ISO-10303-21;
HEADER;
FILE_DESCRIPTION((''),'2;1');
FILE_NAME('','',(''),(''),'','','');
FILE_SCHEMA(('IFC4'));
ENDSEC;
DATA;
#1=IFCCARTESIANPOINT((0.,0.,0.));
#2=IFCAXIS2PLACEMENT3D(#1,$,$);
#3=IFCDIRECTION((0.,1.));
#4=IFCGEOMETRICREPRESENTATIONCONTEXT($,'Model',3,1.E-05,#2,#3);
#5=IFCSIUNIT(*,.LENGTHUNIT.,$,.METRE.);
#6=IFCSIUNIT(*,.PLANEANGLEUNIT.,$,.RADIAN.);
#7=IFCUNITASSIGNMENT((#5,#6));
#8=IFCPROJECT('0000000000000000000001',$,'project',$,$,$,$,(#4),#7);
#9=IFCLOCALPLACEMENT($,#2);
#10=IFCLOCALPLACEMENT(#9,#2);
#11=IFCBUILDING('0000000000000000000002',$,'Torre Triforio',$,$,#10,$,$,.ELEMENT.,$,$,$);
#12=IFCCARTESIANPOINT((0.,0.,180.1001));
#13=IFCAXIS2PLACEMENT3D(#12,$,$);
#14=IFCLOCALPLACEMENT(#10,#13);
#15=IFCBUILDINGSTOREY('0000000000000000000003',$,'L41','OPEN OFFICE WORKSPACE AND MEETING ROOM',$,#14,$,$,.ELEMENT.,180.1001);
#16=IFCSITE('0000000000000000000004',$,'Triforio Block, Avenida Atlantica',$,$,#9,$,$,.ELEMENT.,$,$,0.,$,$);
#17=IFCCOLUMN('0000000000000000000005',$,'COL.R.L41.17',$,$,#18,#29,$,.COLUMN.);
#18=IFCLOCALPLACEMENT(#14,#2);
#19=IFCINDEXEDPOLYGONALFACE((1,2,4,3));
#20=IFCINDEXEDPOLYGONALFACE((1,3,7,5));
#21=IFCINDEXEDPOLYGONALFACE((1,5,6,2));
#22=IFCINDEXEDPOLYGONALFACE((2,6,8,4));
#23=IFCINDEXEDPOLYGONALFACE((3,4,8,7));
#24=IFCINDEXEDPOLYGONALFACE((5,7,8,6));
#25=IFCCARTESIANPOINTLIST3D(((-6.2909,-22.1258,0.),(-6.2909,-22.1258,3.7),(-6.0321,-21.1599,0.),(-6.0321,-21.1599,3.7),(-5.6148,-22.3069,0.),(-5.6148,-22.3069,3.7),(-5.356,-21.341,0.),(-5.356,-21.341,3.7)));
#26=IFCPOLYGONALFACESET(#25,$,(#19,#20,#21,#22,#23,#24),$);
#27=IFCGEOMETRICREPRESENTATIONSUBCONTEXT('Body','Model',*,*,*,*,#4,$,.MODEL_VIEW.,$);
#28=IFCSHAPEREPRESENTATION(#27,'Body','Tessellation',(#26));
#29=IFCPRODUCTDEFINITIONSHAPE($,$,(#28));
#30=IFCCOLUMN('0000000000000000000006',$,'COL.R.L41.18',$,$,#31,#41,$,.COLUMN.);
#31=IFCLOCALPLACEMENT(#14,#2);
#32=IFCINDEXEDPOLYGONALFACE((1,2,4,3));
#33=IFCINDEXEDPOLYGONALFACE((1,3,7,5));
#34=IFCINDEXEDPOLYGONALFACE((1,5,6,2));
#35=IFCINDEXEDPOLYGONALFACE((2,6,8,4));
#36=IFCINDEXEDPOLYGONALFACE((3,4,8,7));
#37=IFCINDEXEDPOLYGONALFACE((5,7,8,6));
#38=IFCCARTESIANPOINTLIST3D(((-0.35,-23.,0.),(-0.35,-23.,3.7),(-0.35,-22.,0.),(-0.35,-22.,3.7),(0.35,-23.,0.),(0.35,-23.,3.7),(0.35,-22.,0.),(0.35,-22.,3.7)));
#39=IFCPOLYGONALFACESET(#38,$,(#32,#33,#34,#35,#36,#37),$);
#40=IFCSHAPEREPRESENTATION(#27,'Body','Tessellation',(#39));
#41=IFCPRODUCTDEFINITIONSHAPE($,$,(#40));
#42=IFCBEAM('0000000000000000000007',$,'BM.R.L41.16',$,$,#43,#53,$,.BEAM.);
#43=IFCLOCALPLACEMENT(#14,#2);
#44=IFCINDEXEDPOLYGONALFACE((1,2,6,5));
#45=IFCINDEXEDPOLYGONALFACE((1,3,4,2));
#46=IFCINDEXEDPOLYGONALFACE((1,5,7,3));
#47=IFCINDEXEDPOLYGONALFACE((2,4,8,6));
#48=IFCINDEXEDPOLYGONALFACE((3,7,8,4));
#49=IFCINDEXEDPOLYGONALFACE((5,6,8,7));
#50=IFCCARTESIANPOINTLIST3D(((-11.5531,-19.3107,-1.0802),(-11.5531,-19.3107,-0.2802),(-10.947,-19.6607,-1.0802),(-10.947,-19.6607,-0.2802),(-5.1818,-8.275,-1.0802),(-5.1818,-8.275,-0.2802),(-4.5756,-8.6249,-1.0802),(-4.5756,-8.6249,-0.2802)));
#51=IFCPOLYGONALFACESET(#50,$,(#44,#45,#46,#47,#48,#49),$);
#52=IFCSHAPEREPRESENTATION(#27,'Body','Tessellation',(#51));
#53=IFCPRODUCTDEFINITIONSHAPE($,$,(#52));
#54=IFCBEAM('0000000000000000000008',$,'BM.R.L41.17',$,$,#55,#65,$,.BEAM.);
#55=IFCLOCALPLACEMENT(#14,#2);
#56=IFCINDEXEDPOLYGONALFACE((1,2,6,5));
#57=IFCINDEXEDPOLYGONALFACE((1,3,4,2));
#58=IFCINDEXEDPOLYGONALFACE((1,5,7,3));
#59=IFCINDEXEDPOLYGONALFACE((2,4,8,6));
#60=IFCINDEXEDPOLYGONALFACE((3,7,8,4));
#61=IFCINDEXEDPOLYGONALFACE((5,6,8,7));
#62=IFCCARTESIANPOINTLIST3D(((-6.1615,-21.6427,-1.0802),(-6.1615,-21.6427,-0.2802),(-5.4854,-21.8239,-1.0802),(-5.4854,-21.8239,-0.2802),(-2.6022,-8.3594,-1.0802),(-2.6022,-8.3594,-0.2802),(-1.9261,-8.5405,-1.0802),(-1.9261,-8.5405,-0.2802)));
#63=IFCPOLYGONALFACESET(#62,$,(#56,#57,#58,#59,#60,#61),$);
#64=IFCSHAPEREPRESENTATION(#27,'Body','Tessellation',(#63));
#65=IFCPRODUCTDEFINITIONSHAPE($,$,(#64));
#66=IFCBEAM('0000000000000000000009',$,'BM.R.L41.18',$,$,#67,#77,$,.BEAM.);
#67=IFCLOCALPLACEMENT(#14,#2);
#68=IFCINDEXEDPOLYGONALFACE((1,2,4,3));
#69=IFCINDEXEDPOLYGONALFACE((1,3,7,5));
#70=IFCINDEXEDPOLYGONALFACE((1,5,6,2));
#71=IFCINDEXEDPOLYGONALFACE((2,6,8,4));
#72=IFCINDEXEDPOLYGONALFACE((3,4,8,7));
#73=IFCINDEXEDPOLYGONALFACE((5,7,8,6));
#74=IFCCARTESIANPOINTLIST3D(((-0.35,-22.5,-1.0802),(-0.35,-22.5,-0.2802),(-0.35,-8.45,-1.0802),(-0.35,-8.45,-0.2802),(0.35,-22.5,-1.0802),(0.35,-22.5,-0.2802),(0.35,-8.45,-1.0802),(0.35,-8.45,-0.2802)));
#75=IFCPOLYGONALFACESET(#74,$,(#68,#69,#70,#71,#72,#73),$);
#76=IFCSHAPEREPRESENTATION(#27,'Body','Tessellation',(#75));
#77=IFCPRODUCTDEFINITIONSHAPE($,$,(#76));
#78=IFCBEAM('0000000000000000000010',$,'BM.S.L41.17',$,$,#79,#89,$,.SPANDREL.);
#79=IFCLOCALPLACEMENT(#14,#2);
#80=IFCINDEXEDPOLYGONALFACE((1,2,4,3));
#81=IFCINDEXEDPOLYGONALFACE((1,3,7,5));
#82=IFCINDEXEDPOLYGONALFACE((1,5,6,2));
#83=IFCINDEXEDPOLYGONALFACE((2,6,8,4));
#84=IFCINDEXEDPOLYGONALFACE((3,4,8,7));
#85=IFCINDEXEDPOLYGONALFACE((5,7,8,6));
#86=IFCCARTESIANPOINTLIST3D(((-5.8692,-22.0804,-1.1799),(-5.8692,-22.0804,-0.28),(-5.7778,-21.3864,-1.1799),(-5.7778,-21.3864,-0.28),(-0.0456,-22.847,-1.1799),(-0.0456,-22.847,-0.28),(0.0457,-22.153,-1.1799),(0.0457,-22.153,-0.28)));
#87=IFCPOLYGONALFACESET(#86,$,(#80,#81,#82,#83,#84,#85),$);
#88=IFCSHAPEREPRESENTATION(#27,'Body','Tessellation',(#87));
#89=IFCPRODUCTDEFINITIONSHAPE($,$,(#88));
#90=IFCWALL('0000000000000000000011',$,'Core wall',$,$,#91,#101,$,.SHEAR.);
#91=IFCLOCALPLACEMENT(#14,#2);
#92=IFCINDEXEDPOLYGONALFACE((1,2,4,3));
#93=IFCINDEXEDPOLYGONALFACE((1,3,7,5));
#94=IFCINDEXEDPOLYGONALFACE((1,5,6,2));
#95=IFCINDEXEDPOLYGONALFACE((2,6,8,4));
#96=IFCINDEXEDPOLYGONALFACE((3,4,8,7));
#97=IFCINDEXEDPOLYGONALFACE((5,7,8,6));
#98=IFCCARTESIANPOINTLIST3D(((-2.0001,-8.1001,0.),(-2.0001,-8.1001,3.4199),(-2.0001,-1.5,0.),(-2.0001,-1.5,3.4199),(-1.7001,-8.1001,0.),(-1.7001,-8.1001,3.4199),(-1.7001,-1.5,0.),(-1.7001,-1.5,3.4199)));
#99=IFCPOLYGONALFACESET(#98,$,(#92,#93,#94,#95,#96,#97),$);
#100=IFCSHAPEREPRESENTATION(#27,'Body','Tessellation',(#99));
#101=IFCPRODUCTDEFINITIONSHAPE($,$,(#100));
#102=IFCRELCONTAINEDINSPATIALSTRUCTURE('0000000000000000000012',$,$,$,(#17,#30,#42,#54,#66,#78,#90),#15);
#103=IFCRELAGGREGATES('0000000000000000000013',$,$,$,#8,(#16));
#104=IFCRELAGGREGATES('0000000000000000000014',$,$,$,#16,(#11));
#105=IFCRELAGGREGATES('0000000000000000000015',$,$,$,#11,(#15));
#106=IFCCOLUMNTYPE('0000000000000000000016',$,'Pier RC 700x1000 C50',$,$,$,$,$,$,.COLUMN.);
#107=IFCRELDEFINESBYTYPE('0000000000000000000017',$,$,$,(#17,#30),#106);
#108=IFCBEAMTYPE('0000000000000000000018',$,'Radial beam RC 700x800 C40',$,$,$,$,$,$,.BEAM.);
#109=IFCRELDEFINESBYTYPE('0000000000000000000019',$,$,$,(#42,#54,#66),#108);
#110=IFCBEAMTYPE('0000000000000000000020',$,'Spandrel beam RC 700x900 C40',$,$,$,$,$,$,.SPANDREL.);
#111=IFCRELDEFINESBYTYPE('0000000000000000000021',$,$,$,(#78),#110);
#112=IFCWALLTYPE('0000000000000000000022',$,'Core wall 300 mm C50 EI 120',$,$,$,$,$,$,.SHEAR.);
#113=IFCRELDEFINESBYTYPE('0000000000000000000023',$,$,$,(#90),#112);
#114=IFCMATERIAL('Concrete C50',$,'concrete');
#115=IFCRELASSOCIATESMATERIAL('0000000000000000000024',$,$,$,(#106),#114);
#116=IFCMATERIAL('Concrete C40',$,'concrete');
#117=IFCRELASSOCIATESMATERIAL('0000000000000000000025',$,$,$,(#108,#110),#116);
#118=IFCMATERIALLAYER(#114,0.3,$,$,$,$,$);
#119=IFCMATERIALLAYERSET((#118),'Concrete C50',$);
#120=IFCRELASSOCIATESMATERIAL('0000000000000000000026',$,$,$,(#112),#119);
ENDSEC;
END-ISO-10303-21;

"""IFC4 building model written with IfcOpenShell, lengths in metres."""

from ifc_helpers import new_model, si_unit, direction, frame, frame_2d, origin, origin_2d, place, context, subcontext, project, spatial, rectangle, extrude, material, layer, layer_set, material_profile, profile_set, type_object, element, save


model = new_model("IFC4")

# Units and contexts
model_context = context("Model", 3, precision=1e-05, world=origin(), true_north=direction((0.0, 1.0)))
body_context = subcontext(model_context, "Body", "Model", "MODEL_VIEW")
ifc_project = project(units=[si_unit("LENGTHUNIT", "METRE"), si_unit("PLANEANGLEUNIT", "RADIAN")], contexts=[model_context])

# Site, building, storey
site_placement = place(None, origin())
site = spatial("IfcSite", under=ifc_project, at=site_placement, Name="Triforio Block, Avenida Atlantica", CompositionType="ELEMENT", RefElevation=0.0)
building_placement = place(site_placement, origin())
building = spatial("IfcBuilding", under=site, at=building_placement, Name="Torre Triforio", CompositionType="ELEMENT")
storey_placement = place(building_placement, frame((0.0, 0.0, 180.1001)))
storey = spatial("IfcBuildingStorey", under=building, at=storey_placement, Name="L41", Description="OPEN OFFICE WORKSPACE AND MEETING ROOM", CompositionType="ELEMENT", Elevation=180.1001)

# Columns
ifc_material_1 = material(Name="Concrete C50", Category="concrete")
ifc_material_profile_1 = material_profile(ifc_material_1, rectangle(XDim=0.7, YDim=1.0, at=origin_2d()), Name="RC 700x1000")
ifc_profile_set_1 = profile_set([ifc_material_profile_1], Name="Concrete C50")
column_type = type_object("IfcColumnType", Name="Pier RC 700x1000 C50", PredefinedType="COLUMN", material=ifc_profile_set_1)
for number, where, z_axis, x_axis, name in (
    (1, (-5.8235, -21.7334, 0.0), (0.0, 0.0, 1.0), (0.965926, -0.258819, 0.0), "COL.R.L41.17"),
    (2, (0.0, -22.5, 0.0), (0.0, 0.0, 1.0), (1.0, 0.0, 0.0), "COL.R.L41.18"),
):
    element("IfcColumn", number, at=place(storey_placement, frame(where, z_axis=z_axis, x_axis=x_axis)), inside=storey, type_object=column_type, Name=name, PredefinedType="COLUMN", context=body_context, shape_type="SweptSolid", body=[
        extrude(rectangle(XDim=0.7, YDim=1.0, at=origin_2d()), origin(), (0.0, 0.0, 1.0), 3.7),
    ])

# Beams
ifc_material_2 = material(Name="Concrete C40", Category="concrete")
ifc_material_profile_2 = material_profile(ifc_material_2, rectangle(XDim=0.7, YDim=0.8, at=origin_2d()), Name="RC 700x800")
ifc_profile_set_2 = profile_set([ifc_material_profile_2], Name="Concrete C40")
beam_type_1 = type_object("IfcBeamType", Name="Radial beam RC 700x800 C40", PredefinedType="BEAM", material=ifc_profile_set_2)
beam_1_placement = place(storey_placement, frame((-4.8787, -8.45, -0.6802), z_axis=(-0.499994, -0.866029, 0.0), x_axis=(0.866029, -0.499994, 0.0)))
element("IfcBeam", 3, at=beam_1_placement, inside=storey, type_object=beam_type_1, Name="BM.R.L41.16", PredefinedType="BEAM", context=body_context, shape_type="SweptSolid", body=[
    extrude(rectangle(XDim=0.7, YDim=0.8, at=origin_2d()), origin(), (0.0, 0.0, 1.0), 12.7429),
])
beam_2_placement = place(storey_placement, frame((-2.2642, -8.45, -0.6802), z_axis=(-0.258822, -0.965925, 0.0), x_axis=(0.965925, -0.258822, 0.0)))
element("IfcBeam", 4, at=beam_2_placement, inside=storey, type_object=beam_type_1, Name="BM.R.L41.17", PredefinedType="BEAM", context=body_context, shape_type="SweptSolid", body=[
    extrude(rectangle(XDim=0.7, YDim=0.8, at=origin_2d()), origin(), (0.0, 0.0, 1.0), 13.752),
])
beam_3_placement = place(storey_placement, frame((0.0, -8.45, -0.6802), z_axis=(0.0, -1.0, 0.0), x_axis=(1.0, 0.0, 0.0)))
element("IfcBeam", 5, at=beam_3_placement, inside=storey, type_object=beam_type_1, Name="BM.R.L41.18", PredefinedType="BEAM", context=body_context, shape_type="SweptSolid", body=[
    extrude(rectangle(XDim=0.7, YDim=0.8, at=origin_2d()), origin(), (0.0, 0.0, 1.0), 14.05),
])
ifc_material_profile_3 = material_profile(ifc_material_2, rectangle(XDim=0.7, YDim=0.8999, at=origin_2d()), Name="RC 700x900")
ifc_profile_set_3 = profile_set([ifc_material_profile_3], Name="Concrete C40")
beam_type_2 = type_object("IfcBeamType", Name="Spandrel beam RC 700x900 C40", PredefinedType="SPANDREL", material=ifc_profile_set_3)
beam_4_placement = place(storey_placement, frame((-5.8235, -21.7334, -0.73), z_axis=(0.991447, -0.130514, 0.0), x_axis=(0.130514, 0.991447, 0.0)))
element("IfcBeam", 6, at=beam_4_placement, inside=storey, type_object=beam_type_2, Name="BM.S.L41.17", PredefinedType="SPANDREL", context=body_context, shape_type="SweptSolid", body=[
    extrude(rectangle(XDim=0.7, YDim=0.8999, at=origin_2d()), origin(), (0.0, 0.0, 1.0), 5.8738),
])

# Wall
ifc_layer_1 = layer(ifc_material_1, 0.3)
ifc_layer_set_1 = layer_set([ifc_layer_1], Name="Concrete C50")
wall_type_1 = type_object("IfcWallType", Name="Core wall 300 mm C50 EI 120", PredefinedType="SHEAR", material=ifc_layer_set_1)
wall_1_placement = place(storey_placement, frame((-1.8501, -8.1001, 0.0), z_axis=(0.0, 0.0, 1.0), x_axis=(0.0, 1.0, 0.0)))
element("IfcWall", 7, at=wall_1_placement, inside=storey, type_object=wall_type_1, Name="Core wall", PredefinedType="SHEAR", context=body_context, shape_type="SweptSolid", body=[
    extrude(rectangle(XDim=6.6001, YDim=0.3, at=frame_2d((3.3, 0.0))), origin(), (0.0, 0.0, 1.0), 3.4199),
])

save(model, "model.ifc")
